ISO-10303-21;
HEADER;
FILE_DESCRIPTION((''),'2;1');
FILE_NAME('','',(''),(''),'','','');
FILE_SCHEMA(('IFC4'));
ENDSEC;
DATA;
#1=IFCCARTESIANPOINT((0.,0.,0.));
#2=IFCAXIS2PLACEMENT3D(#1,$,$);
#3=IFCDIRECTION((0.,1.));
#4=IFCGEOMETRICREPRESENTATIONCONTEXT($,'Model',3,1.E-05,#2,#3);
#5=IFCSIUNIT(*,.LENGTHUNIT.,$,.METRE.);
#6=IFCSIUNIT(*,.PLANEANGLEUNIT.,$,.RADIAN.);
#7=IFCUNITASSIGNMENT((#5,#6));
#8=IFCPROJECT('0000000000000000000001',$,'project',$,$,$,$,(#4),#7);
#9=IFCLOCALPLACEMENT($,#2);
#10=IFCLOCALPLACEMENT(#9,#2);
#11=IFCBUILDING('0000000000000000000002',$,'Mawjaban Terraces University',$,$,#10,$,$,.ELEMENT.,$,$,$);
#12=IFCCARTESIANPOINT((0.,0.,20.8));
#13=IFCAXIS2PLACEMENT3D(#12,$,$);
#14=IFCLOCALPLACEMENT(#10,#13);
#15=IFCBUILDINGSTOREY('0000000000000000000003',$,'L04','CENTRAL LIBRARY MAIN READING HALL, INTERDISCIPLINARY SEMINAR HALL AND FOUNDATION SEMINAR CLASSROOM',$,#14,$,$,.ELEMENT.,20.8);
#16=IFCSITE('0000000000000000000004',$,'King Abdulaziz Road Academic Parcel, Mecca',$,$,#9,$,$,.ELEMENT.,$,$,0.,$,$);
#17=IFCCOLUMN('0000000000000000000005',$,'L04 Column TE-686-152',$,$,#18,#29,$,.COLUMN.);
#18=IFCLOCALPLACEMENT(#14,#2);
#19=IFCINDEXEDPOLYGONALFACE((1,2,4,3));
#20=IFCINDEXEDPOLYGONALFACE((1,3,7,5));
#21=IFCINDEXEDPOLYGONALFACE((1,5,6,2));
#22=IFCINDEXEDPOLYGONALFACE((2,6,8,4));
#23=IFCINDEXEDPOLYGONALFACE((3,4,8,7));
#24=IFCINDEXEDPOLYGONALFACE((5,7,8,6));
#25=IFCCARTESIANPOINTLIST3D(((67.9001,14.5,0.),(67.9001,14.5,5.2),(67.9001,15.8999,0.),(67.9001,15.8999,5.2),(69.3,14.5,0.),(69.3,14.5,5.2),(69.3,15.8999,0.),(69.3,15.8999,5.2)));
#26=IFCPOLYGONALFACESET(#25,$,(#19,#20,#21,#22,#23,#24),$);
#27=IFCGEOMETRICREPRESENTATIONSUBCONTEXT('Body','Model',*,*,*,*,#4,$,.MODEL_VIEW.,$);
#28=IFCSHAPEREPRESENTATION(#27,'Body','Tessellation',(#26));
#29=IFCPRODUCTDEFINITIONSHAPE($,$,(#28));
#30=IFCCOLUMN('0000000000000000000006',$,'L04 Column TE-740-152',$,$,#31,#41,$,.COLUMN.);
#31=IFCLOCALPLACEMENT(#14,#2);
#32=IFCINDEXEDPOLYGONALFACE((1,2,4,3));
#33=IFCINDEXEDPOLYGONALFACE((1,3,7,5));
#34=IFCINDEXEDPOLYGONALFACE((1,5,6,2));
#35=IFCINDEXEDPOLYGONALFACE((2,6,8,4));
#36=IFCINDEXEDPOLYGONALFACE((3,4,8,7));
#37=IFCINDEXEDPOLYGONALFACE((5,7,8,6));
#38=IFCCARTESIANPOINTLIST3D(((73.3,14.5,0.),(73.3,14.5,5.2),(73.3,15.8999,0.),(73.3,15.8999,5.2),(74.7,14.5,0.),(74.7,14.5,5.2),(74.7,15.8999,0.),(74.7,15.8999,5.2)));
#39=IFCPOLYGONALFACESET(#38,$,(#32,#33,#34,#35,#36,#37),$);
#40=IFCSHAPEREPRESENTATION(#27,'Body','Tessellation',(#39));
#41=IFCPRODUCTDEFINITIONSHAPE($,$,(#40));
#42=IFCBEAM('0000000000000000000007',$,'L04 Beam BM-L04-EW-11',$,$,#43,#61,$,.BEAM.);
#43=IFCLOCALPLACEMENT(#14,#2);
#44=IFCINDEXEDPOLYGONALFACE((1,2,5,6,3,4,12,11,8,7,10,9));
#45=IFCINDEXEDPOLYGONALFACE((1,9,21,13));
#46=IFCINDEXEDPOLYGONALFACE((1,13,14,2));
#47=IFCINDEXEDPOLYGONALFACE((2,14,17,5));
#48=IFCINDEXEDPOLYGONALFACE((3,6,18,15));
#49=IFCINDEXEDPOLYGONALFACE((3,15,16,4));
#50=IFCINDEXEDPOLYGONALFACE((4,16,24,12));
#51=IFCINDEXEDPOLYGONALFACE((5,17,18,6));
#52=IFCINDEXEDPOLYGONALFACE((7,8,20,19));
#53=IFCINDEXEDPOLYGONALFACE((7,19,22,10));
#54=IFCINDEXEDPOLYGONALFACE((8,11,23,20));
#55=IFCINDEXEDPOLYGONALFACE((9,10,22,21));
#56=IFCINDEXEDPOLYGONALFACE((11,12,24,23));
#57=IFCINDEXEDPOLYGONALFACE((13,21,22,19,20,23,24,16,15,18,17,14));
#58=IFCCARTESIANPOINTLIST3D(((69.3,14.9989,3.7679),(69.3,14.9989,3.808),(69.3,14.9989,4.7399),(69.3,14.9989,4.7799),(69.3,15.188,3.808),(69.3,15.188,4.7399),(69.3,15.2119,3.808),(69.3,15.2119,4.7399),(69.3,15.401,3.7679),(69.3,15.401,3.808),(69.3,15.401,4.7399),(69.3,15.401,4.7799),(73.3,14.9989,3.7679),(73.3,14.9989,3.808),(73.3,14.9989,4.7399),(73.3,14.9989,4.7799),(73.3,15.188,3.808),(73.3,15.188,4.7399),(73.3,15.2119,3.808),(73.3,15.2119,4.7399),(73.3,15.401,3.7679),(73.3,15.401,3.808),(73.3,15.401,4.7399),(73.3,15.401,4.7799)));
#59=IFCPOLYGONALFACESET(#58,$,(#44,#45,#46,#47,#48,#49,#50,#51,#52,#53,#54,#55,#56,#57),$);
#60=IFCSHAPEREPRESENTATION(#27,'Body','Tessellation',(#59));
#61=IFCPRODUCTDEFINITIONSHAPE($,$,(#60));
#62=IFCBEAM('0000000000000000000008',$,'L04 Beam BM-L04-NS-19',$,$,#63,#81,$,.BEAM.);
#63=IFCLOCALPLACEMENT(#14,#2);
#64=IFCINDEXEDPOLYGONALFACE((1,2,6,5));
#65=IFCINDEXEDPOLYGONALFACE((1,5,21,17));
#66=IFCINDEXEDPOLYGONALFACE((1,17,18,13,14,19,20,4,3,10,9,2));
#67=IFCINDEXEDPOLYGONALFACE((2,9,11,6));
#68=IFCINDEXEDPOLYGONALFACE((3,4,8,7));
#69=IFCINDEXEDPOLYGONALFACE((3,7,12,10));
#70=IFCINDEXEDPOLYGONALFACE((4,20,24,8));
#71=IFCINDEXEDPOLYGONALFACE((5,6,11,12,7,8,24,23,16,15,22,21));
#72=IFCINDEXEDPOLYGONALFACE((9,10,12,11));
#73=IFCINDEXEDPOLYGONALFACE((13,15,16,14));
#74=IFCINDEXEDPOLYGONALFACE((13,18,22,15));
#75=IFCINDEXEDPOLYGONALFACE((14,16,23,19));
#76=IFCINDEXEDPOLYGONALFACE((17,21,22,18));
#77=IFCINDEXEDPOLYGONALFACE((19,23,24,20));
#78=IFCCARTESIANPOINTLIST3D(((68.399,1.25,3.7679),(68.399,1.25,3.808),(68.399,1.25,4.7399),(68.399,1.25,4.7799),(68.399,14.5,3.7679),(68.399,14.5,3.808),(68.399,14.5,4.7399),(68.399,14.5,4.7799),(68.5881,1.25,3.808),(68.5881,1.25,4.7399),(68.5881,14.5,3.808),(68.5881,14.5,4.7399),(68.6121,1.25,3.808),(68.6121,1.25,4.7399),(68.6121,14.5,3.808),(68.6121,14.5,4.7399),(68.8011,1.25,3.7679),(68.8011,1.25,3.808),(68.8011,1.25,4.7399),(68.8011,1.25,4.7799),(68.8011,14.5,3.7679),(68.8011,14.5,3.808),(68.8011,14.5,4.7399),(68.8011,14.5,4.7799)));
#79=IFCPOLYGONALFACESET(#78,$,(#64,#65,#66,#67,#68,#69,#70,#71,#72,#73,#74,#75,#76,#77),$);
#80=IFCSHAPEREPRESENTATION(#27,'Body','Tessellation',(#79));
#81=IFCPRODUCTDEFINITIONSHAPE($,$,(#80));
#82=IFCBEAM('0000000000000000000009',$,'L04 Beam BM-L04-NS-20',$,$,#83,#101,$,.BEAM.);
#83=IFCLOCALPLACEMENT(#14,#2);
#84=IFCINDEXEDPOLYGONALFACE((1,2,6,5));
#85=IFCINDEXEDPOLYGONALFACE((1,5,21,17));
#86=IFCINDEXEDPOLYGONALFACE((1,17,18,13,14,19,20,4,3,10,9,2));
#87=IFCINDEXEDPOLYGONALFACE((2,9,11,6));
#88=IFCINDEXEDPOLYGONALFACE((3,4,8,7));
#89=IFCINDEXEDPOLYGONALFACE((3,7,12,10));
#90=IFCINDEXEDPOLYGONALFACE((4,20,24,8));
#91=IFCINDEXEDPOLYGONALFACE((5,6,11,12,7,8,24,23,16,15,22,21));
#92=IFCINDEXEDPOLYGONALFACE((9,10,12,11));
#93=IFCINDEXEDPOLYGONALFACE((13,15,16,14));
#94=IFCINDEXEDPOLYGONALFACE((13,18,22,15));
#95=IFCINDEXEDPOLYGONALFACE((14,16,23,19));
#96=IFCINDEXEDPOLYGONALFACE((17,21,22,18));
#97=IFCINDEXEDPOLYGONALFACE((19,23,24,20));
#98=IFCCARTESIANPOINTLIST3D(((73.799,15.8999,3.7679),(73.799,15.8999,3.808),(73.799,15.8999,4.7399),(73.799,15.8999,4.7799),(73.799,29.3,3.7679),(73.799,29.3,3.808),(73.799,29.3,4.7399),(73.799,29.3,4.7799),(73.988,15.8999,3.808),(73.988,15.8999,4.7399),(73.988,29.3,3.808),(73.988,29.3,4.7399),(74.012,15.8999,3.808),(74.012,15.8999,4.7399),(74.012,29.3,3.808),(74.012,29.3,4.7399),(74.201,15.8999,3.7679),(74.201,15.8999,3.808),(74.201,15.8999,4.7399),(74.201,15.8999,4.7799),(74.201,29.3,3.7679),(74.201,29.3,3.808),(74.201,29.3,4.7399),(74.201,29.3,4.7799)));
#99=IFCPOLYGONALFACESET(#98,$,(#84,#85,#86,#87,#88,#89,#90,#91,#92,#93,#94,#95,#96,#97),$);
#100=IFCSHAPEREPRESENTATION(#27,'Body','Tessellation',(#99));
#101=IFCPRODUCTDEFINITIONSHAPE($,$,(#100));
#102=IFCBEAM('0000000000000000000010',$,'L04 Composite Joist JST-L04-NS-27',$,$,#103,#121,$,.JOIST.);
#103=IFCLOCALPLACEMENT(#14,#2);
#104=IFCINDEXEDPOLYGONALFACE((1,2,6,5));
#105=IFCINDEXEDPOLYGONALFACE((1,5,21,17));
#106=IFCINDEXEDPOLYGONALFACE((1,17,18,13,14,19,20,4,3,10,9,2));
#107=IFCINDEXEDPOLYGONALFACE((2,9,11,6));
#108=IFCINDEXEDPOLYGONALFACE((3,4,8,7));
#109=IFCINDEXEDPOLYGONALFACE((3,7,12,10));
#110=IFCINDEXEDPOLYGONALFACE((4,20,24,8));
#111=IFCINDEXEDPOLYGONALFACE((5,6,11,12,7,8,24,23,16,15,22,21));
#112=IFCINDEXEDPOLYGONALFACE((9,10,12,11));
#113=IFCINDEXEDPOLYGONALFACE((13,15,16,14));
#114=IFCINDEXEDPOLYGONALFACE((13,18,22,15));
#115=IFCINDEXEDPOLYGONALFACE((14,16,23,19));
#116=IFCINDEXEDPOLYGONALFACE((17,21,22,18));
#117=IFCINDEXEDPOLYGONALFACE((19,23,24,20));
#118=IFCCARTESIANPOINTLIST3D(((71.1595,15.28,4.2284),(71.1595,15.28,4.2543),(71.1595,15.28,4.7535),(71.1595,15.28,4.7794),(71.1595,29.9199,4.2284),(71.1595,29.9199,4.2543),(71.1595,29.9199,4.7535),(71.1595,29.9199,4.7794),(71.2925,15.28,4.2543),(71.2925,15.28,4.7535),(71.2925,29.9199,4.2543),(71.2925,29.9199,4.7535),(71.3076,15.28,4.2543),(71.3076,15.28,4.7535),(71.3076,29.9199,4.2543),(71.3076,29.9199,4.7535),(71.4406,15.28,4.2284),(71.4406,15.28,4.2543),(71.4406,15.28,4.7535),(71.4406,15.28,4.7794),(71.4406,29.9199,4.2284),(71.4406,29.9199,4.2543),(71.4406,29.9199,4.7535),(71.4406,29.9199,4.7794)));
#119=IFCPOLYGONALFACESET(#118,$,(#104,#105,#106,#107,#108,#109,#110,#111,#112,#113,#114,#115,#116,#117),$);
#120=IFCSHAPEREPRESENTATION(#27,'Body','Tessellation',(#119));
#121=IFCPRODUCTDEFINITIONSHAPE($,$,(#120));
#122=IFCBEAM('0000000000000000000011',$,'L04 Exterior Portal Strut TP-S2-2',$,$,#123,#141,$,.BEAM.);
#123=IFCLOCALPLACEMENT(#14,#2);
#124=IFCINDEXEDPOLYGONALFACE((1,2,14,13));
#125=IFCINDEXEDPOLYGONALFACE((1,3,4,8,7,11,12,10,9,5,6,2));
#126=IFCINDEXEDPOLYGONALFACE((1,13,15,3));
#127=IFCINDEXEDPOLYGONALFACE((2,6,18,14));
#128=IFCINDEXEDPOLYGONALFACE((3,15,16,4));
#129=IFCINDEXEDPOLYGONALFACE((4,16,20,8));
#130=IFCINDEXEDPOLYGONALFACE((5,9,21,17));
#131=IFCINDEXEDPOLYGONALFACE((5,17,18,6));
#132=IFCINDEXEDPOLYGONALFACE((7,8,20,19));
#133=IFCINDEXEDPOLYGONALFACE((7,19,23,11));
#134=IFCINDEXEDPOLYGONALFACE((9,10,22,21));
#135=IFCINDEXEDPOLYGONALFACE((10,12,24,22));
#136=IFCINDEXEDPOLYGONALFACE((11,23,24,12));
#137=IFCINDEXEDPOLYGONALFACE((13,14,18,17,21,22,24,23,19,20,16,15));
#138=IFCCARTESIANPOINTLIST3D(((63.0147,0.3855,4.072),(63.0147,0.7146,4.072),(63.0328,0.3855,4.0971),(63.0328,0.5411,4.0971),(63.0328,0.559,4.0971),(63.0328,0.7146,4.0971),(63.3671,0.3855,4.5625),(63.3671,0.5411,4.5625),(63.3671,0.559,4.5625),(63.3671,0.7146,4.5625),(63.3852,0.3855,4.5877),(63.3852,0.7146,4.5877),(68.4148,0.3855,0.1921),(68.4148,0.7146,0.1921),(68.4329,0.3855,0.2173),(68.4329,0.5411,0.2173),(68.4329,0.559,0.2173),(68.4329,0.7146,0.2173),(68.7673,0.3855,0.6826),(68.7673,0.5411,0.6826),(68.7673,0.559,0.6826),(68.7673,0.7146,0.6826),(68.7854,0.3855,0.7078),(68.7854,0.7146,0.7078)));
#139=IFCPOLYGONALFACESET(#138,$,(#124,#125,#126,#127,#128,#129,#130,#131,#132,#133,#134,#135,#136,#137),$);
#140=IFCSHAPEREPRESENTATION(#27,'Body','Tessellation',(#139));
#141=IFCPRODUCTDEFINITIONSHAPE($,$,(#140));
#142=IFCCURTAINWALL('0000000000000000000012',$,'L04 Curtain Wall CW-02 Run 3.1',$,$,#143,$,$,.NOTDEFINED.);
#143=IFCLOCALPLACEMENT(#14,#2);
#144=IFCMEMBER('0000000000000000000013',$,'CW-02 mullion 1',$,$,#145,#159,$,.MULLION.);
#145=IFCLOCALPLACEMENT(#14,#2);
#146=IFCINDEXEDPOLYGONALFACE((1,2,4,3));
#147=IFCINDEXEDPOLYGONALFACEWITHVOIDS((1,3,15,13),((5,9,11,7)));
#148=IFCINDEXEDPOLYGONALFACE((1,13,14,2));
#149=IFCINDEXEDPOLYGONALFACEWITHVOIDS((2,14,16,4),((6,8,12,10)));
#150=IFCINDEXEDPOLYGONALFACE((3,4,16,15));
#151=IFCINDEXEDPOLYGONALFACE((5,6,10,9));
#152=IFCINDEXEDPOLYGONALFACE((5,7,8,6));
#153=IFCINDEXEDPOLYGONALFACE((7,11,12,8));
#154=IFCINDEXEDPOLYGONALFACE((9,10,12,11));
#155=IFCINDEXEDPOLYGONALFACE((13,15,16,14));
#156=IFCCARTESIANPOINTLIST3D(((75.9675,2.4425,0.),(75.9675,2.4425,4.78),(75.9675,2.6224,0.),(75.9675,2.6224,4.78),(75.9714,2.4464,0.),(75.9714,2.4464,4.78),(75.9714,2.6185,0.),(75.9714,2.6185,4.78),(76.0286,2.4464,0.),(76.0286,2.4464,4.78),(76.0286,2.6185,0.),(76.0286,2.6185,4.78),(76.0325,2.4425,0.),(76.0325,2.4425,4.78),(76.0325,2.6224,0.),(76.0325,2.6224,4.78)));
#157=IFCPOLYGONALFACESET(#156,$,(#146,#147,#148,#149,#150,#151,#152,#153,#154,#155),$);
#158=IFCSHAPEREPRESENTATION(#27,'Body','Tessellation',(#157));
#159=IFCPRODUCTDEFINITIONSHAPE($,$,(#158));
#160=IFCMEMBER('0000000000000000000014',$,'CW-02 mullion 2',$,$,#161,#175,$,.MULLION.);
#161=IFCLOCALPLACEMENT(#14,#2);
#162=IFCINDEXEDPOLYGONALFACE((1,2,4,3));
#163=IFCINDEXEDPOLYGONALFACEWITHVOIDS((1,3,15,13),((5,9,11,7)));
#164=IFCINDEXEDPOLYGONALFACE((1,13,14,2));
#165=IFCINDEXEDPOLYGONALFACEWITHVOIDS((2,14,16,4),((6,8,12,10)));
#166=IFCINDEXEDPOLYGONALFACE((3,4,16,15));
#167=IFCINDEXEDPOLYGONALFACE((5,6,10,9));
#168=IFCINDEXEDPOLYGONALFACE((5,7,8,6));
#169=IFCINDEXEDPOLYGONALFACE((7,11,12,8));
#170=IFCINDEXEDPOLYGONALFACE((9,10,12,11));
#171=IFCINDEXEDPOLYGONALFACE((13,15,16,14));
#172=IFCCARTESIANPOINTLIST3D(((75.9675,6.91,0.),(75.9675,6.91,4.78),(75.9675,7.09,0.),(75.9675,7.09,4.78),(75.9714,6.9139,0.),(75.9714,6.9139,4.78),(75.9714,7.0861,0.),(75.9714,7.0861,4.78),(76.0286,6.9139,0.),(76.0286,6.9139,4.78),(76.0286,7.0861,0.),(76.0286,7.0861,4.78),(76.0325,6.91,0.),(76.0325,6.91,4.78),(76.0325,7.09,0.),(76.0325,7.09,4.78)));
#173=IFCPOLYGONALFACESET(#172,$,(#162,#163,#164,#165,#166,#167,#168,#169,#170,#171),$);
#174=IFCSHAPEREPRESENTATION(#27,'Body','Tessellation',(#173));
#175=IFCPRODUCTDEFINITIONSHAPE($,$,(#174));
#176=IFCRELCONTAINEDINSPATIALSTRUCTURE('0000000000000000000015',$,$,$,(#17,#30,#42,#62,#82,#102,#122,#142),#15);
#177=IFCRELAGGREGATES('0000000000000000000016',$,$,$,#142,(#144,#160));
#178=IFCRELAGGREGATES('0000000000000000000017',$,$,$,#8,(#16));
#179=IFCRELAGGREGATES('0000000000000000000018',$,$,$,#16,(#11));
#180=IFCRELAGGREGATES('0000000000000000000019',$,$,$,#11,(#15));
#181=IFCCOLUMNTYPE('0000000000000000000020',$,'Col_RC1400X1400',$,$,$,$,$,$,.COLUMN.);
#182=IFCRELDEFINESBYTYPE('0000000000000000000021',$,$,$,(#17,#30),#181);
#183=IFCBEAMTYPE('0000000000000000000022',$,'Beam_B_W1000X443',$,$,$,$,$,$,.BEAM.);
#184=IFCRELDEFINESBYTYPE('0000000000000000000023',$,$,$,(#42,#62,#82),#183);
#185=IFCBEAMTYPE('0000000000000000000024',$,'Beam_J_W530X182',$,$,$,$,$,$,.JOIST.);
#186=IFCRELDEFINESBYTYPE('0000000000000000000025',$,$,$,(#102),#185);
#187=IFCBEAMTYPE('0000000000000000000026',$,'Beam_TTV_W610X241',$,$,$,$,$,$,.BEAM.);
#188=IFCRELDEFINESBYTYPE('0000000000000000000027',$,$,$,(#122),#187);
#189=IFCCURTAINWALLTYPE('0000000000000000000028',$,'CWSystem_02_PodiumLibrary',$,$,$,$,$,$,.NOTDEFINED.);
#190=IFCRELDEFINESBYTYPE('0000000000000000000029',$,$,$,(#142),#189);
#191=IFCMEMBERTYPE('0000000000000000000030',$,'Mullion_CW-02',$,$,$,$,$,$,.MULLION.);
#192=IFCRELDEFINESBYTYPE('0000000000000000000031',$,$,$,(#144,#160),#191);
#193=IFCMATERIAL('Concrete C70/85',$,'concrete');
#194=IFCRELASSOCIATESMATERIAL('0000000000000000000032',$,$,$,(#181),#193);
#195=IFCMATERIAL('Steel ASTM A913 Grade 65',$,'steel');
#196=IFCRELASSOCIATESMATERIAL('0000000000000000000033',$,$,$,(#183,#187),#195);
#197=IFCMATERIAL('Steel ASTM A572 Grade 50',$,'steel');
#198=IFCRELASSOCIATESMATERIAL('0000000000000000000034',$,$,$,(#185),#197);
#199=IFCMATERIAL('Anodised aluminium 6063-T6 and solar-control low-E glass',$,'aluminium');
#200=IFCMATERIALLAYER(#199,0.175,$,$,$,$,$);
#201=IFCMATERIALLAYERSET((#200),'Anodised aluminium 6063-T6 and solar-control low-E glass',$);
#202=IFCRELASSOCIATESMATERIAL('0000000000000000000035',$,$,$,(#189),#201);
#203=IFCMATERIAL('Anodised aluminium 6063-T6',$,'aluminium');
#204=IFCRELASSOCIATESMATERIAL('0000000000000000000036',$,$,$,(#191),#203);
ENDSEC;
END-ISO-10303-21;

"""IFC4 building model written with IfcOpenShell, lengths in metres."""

from ifc_helpers import new_model, si_unit, direction, frame, origin, origin_2d, place, context, subcontext, project, spatial, rectangle, hollow_rectangle, i_section, extrude, material, layer, layer_set, material_profile, profile_set, type_object, element, aggregate, save


model = new_model("IFC4")

# Units and contexts
model_context = context("Model", 3, precision=1e-05, world=origin(), true_north=direction((0.0, 1.0)))
body_context = subcontext(model_context, "Body", "Model", "MODEL_VIEW")
ifc_project = project(units=[si_unit("LENGTHUNIT", "METRE"), si_unit("PLANEANGLEUNIT", "RADIAN")], contexts=[model_context])

# Site, building, storey
site_placement = place(None, origin())
site = spatial("IfcSite", under=ifc_project, at=site_placement, Name="King Abdulaziz Road Academic Parcel, Mecca", CompositionType="ELEMENT", RefElevation=0.0)
building_placement = place(site_placement, origin())
building = spatial("IfcBuilding", under=site, at=building_placement, Name="Mawjaban Terraces University", CompositionType="ELEMENT")
storey_placement = place(building_placement, frame((0.0, 0.0, 20.8)))
storey = spatial("IfcBuildingStorey", under=building, at=storey_placement, Name="L04", Description="CENTRAL LIBRARY MAIN READING HALL, INTERDISCIPLINARY SEMINAR HALL AND FOUNDATION SEMINAR CLASSROOM", CompositionType="ELEMENT", Elevation=20.8)

# Columns
ifc_material_1 = material(Name="Concrete C70/85", Category="concrete")
ifc_material_profile_1 = material_profile(ifc_material_1, rectangle(XDim=1.3999, YDim=1.3999, at=origin_2d()), Name="RC1400X1400")
ifc_profile_set_1 = profile_set([ifc_material_profile_1], Name="Concrete C70/85")
column_type = type_object("IfcColumnType", Name="Col_RC1400X1400", PredefinedType="COLUMN", material=ifc_profile_set_1)
for number, where, z_axis, x_axis, name in (
    (1, (68.6001, 15.2, 0.0), (0.0, 0.0, 1.0), (1.0, 0.0, 0.0), "L04 Column TE-686-152"),
    (2, (74.0, 15.2, 0.0), (0.0, 0.0, 1.0), (1.0, 0.0, 0.0), "L04 Column TE-740-152"),
):
    element("IfcColumn", number, at=place(storey_placement, frame(where, z_axis=z_axis, x_axis=x_axis)), inside=storey, type_object=column_type, Name=name, PredefinedType="COLUMN", context=body_context, shape_type="SweptSolid", body=[
        extrude(rectangle(XDim=1.3999, YDim=1.3999, at=origin_2d()), origin(), (0.0, 0.0, 1.0), 5.2),
    ])

# Beams
ifc_material_2 = material(Name="Steel ASTM A913 Grade 65", Category="steel")
ifc_material_profile_2 = material_profile(ifc_material_2, i_section(OverallWidth=0.4021, OverallDepth=1.012, WebThickness=0.0239, FlangeThickness=0.04, at=origin_2d()), Name="W1000X443")
ifc_profile_set_2 = profile_set([ifc_material_profile_2], Name="Steel ASTM A913 Grade 65")
beam_type_1 = type_object("IfcBeamType", Name="Beam_B_W1000X443", PredefinedType="BEAM", material=ifc_profile_set_2)
beam_1_placement = place(storey_placement, frame((69.3, 15.2, 4.2739), z_axis=(1.0, 0.0, 0.0), x_axis=(0.0, 1.0, 0.0)))
element("IfcBeam", 3, at=beam_1_placement, inside=storey, type_object=beam_type_1, Name="L04 Beam BM-L04-EW-11", PredefinedType="BEAM", context=body_context, shape_type="SweptSolid", body=[
    extrude(i_section(OverallWidth=0.4021, OverallDepth=1.012, WebThickness=0.0239, FlangeThickness=0.04, at=origin_2d()), origin(), (0.0, 0.0, 1.0), 4.0),
])
beam_2_placement = place(storey_placement, frame((68.6001, 1.25, 4.2739), z_axis=(0.0, 1.0, 0.0), x_axis=(-1.0, 0.0, 0.0)))
element("IfcBeam", 4, at=beam_2_placement, inside=storey, type_object=beam_type_1, Name="L04 Beam BM-L04-NS-19", PredefinedType="BEAM", context=body_context, shape_type="SweptSolid", body=[
    extrude(i_section(OverallWidth=0.4021, OverallDepth=1.012, WebThickness=0.0239, FlangeThickness=0.04, at=origin_2d()), origin(), (0.0, 0.0, 1.0), 13.25),
])
beam_3_placement = place(storey_placement, frame((74.0, 15.8999, 4.2739), z_axis=(0.0, 1.0, 0.0), x_axis=(-1.0, 0.0, 0.0)))
element("IfcBeam", 5, at=beam_3_placement, inside=storey, type_object=beam_type_1, Name="L04 Beam BM-L04-NS-20", PredefinedType="BEAM", context=body_context, shape_type="SweptSolid", body=[
    extrude(i_section(OverallWidth=0.4021, OverallDepth=1.012, WebThickness=0.0239, FlangeThickness=0.04, at=origin_2d()), origin(), (0.0, 0.0, 1.0), 13.4001),
])
ifc_material_3 = material(Name="Steel ASTM A572 Grade 50", Category="steel")
ifc_material_profile_3 = material_profile(ifc_material_3, i_section(OverallWidth=0.281, OverallDepth=0.551, WebThickness=0.0151, FlangeThickness=0.0259, at=origin_2d()), Name="W530X182")
ifc_profile_set_3 = profile_set([ifc_material_profile_3], Name="Steel ASTM A572 Grade 50")
beam_type_2 = type_object("IfcBeamType", Name="Beam_J_W530X182", PredefinedType="JOIST", material=ifc_profile_set_3)
beam_4_placement = place(storey_placement, frame((71.3, 15.28, 4.5039), z_axis=(0.0, 1.0, 0.0), x_axis=(-1.0, 0.0, 0.0)))
element("IfcBeam", 6, at=beam_4_placement, inside=storey, type_object=beam_type_2, Name="L04 Composite Joist JST-L04-NS-27", PredefinedType="JOIST", context=body_context, shape_type="SweptSolid", body=[
    extrude(i_section(OverallWidth=0.281, OverallDepth=0.551, WebThickness=0.0151, FlangeThickness=0.0259, at=origin_2d()), origin(), (0.0, 0.0, 1.0), 14.6399),
])
ifc_material_profile_4 = material_profile(ifc_material_2, i_section(OverallWidth=0.3291, OverallDepth=0.635, WebThickness=0.0178, FlangeThickness=0.031, at=origin_2d()), Name="W610X241")
ifc_profile_set_4 = profile_set([ifc_material_profile_4], Name="Steel ASTM A913 Grade 65")
beam_type_3 = type_object("IfcBeamType", Name="Beam_TTV_W610X241", PredefinedType="BEAM", material=ifc_profile_set_4)
beam_5_placement = place(storey_placement, frame((68.6001, 0.55, 0.45), z_axis=(-0.81212, 0.0, 0.58349), x_axis=(0.0, -1.0, 0.0)))
element("IfcBeam", 7, at=beam_5_placement, inside=storey, type_object=beam_type_3, Name="L04 Exterior Portal Strut TP-S2-2", PredefinedType="BEAM", context=body_context, shape_type="SweptSolid", body=[
    extrude(i_section(OverallWidth=0.3291, OverallDepth=0.635, WebThickness=0.0178, FlangeThickness=0.031, at=origin_2d()), origin(), (0.0, 0.0, 1.0), 6.6494),
])

# Curtain wall, members
ifc_material_4 = material(Name="Anodised aluminium 6063-T6 and solar-control low-E glass", Category="aluminium")
ifc_layer_1 = layer(ifc_material_4, 0.175)
ifc_layer_set_1 = layer_set([ifc_layer_1], Name="Anodised aluminium 6063-T6 and solar-control low-E glass")
curtain_wall_type = type_object("IfcCurtainWallType", Name="CWSystem_02_PodiumLibrary", PredefinedType="NOTDEFINED", material=ifc_layer_set_1)
curtain_wall_placement = place(storey_placement, origin())
curtain_wall = element("IfcCurtainWall", 8, at=curtain_wall_placement, inside=storey, type_object=curtain_wall_type, Name="L04 Curtain Wall CW-02 Run 3.1", PredefinedType="NOTDEFINED")
ifc_material_5 = material(Name="Anodised aluminium 6063-T6", Category="aluminium")
ifc_material_profile_5 = material_profile(ifc_material_5, hollow_rectangle(XDim=0.0649, YDim=0.1799, WallThickness=0.0039, at=origin_2d()), Name="ALU180X65X4")
ifc_profile_set_5 = profile_set([ifc_material_profile_5], Name="Anodised aluminium 6063-T6")
member_type_1 = type_object("IfcMemberType", Name="Mullion_CW-02", PredefinedType="MULLION", material=ifc_profile_set_5)
member_1_placement = place(storey_placement, frame((76.0, 2.5325, 0.0), z_axis=(0.0, 0.0, 1.0), x_axis=(-1.0, 0.0, 0.0)))
member_1 = element("IfcMember", 9, at=member_1_placement, type_object=member_type_1, Name="CW-02 mullion 1", PredefinedType="MULLION", context=body_context, shape_type="SweptSolid", body=[
    extrude(hollow_rectangle(XDim=0.0649, YDim=0.1799, WallThickness=0.0039, at=origin_2d()), origin(), (0.0, 0.0, 1.0), 4.78),
])
member_2_placement = place(storey_placement, frame((76.0, 7.0, 0.0), z_axis=(0.0, 0.0, 1.0), x_axis=(-1.0, 0.0, 0.0)))
member_2 = element("IfcMember", 10, at=member_2_placement, type_object=member_type_1, Name="CW-02 mullion 2", PredefinedType="MULLION", context=body_context, shape_type="SweptSolid", body=[
    extrude(hollow_rectangle(XDim=0.0649, YDim=0.1799, WallThickness=0.0039, at=origin_2d()), origin(), (0.0, 0.0, 1.0), 4.78),
])
aggregate(curtain_wall, [member_1, member_2])

save(model, "model.ifc")
